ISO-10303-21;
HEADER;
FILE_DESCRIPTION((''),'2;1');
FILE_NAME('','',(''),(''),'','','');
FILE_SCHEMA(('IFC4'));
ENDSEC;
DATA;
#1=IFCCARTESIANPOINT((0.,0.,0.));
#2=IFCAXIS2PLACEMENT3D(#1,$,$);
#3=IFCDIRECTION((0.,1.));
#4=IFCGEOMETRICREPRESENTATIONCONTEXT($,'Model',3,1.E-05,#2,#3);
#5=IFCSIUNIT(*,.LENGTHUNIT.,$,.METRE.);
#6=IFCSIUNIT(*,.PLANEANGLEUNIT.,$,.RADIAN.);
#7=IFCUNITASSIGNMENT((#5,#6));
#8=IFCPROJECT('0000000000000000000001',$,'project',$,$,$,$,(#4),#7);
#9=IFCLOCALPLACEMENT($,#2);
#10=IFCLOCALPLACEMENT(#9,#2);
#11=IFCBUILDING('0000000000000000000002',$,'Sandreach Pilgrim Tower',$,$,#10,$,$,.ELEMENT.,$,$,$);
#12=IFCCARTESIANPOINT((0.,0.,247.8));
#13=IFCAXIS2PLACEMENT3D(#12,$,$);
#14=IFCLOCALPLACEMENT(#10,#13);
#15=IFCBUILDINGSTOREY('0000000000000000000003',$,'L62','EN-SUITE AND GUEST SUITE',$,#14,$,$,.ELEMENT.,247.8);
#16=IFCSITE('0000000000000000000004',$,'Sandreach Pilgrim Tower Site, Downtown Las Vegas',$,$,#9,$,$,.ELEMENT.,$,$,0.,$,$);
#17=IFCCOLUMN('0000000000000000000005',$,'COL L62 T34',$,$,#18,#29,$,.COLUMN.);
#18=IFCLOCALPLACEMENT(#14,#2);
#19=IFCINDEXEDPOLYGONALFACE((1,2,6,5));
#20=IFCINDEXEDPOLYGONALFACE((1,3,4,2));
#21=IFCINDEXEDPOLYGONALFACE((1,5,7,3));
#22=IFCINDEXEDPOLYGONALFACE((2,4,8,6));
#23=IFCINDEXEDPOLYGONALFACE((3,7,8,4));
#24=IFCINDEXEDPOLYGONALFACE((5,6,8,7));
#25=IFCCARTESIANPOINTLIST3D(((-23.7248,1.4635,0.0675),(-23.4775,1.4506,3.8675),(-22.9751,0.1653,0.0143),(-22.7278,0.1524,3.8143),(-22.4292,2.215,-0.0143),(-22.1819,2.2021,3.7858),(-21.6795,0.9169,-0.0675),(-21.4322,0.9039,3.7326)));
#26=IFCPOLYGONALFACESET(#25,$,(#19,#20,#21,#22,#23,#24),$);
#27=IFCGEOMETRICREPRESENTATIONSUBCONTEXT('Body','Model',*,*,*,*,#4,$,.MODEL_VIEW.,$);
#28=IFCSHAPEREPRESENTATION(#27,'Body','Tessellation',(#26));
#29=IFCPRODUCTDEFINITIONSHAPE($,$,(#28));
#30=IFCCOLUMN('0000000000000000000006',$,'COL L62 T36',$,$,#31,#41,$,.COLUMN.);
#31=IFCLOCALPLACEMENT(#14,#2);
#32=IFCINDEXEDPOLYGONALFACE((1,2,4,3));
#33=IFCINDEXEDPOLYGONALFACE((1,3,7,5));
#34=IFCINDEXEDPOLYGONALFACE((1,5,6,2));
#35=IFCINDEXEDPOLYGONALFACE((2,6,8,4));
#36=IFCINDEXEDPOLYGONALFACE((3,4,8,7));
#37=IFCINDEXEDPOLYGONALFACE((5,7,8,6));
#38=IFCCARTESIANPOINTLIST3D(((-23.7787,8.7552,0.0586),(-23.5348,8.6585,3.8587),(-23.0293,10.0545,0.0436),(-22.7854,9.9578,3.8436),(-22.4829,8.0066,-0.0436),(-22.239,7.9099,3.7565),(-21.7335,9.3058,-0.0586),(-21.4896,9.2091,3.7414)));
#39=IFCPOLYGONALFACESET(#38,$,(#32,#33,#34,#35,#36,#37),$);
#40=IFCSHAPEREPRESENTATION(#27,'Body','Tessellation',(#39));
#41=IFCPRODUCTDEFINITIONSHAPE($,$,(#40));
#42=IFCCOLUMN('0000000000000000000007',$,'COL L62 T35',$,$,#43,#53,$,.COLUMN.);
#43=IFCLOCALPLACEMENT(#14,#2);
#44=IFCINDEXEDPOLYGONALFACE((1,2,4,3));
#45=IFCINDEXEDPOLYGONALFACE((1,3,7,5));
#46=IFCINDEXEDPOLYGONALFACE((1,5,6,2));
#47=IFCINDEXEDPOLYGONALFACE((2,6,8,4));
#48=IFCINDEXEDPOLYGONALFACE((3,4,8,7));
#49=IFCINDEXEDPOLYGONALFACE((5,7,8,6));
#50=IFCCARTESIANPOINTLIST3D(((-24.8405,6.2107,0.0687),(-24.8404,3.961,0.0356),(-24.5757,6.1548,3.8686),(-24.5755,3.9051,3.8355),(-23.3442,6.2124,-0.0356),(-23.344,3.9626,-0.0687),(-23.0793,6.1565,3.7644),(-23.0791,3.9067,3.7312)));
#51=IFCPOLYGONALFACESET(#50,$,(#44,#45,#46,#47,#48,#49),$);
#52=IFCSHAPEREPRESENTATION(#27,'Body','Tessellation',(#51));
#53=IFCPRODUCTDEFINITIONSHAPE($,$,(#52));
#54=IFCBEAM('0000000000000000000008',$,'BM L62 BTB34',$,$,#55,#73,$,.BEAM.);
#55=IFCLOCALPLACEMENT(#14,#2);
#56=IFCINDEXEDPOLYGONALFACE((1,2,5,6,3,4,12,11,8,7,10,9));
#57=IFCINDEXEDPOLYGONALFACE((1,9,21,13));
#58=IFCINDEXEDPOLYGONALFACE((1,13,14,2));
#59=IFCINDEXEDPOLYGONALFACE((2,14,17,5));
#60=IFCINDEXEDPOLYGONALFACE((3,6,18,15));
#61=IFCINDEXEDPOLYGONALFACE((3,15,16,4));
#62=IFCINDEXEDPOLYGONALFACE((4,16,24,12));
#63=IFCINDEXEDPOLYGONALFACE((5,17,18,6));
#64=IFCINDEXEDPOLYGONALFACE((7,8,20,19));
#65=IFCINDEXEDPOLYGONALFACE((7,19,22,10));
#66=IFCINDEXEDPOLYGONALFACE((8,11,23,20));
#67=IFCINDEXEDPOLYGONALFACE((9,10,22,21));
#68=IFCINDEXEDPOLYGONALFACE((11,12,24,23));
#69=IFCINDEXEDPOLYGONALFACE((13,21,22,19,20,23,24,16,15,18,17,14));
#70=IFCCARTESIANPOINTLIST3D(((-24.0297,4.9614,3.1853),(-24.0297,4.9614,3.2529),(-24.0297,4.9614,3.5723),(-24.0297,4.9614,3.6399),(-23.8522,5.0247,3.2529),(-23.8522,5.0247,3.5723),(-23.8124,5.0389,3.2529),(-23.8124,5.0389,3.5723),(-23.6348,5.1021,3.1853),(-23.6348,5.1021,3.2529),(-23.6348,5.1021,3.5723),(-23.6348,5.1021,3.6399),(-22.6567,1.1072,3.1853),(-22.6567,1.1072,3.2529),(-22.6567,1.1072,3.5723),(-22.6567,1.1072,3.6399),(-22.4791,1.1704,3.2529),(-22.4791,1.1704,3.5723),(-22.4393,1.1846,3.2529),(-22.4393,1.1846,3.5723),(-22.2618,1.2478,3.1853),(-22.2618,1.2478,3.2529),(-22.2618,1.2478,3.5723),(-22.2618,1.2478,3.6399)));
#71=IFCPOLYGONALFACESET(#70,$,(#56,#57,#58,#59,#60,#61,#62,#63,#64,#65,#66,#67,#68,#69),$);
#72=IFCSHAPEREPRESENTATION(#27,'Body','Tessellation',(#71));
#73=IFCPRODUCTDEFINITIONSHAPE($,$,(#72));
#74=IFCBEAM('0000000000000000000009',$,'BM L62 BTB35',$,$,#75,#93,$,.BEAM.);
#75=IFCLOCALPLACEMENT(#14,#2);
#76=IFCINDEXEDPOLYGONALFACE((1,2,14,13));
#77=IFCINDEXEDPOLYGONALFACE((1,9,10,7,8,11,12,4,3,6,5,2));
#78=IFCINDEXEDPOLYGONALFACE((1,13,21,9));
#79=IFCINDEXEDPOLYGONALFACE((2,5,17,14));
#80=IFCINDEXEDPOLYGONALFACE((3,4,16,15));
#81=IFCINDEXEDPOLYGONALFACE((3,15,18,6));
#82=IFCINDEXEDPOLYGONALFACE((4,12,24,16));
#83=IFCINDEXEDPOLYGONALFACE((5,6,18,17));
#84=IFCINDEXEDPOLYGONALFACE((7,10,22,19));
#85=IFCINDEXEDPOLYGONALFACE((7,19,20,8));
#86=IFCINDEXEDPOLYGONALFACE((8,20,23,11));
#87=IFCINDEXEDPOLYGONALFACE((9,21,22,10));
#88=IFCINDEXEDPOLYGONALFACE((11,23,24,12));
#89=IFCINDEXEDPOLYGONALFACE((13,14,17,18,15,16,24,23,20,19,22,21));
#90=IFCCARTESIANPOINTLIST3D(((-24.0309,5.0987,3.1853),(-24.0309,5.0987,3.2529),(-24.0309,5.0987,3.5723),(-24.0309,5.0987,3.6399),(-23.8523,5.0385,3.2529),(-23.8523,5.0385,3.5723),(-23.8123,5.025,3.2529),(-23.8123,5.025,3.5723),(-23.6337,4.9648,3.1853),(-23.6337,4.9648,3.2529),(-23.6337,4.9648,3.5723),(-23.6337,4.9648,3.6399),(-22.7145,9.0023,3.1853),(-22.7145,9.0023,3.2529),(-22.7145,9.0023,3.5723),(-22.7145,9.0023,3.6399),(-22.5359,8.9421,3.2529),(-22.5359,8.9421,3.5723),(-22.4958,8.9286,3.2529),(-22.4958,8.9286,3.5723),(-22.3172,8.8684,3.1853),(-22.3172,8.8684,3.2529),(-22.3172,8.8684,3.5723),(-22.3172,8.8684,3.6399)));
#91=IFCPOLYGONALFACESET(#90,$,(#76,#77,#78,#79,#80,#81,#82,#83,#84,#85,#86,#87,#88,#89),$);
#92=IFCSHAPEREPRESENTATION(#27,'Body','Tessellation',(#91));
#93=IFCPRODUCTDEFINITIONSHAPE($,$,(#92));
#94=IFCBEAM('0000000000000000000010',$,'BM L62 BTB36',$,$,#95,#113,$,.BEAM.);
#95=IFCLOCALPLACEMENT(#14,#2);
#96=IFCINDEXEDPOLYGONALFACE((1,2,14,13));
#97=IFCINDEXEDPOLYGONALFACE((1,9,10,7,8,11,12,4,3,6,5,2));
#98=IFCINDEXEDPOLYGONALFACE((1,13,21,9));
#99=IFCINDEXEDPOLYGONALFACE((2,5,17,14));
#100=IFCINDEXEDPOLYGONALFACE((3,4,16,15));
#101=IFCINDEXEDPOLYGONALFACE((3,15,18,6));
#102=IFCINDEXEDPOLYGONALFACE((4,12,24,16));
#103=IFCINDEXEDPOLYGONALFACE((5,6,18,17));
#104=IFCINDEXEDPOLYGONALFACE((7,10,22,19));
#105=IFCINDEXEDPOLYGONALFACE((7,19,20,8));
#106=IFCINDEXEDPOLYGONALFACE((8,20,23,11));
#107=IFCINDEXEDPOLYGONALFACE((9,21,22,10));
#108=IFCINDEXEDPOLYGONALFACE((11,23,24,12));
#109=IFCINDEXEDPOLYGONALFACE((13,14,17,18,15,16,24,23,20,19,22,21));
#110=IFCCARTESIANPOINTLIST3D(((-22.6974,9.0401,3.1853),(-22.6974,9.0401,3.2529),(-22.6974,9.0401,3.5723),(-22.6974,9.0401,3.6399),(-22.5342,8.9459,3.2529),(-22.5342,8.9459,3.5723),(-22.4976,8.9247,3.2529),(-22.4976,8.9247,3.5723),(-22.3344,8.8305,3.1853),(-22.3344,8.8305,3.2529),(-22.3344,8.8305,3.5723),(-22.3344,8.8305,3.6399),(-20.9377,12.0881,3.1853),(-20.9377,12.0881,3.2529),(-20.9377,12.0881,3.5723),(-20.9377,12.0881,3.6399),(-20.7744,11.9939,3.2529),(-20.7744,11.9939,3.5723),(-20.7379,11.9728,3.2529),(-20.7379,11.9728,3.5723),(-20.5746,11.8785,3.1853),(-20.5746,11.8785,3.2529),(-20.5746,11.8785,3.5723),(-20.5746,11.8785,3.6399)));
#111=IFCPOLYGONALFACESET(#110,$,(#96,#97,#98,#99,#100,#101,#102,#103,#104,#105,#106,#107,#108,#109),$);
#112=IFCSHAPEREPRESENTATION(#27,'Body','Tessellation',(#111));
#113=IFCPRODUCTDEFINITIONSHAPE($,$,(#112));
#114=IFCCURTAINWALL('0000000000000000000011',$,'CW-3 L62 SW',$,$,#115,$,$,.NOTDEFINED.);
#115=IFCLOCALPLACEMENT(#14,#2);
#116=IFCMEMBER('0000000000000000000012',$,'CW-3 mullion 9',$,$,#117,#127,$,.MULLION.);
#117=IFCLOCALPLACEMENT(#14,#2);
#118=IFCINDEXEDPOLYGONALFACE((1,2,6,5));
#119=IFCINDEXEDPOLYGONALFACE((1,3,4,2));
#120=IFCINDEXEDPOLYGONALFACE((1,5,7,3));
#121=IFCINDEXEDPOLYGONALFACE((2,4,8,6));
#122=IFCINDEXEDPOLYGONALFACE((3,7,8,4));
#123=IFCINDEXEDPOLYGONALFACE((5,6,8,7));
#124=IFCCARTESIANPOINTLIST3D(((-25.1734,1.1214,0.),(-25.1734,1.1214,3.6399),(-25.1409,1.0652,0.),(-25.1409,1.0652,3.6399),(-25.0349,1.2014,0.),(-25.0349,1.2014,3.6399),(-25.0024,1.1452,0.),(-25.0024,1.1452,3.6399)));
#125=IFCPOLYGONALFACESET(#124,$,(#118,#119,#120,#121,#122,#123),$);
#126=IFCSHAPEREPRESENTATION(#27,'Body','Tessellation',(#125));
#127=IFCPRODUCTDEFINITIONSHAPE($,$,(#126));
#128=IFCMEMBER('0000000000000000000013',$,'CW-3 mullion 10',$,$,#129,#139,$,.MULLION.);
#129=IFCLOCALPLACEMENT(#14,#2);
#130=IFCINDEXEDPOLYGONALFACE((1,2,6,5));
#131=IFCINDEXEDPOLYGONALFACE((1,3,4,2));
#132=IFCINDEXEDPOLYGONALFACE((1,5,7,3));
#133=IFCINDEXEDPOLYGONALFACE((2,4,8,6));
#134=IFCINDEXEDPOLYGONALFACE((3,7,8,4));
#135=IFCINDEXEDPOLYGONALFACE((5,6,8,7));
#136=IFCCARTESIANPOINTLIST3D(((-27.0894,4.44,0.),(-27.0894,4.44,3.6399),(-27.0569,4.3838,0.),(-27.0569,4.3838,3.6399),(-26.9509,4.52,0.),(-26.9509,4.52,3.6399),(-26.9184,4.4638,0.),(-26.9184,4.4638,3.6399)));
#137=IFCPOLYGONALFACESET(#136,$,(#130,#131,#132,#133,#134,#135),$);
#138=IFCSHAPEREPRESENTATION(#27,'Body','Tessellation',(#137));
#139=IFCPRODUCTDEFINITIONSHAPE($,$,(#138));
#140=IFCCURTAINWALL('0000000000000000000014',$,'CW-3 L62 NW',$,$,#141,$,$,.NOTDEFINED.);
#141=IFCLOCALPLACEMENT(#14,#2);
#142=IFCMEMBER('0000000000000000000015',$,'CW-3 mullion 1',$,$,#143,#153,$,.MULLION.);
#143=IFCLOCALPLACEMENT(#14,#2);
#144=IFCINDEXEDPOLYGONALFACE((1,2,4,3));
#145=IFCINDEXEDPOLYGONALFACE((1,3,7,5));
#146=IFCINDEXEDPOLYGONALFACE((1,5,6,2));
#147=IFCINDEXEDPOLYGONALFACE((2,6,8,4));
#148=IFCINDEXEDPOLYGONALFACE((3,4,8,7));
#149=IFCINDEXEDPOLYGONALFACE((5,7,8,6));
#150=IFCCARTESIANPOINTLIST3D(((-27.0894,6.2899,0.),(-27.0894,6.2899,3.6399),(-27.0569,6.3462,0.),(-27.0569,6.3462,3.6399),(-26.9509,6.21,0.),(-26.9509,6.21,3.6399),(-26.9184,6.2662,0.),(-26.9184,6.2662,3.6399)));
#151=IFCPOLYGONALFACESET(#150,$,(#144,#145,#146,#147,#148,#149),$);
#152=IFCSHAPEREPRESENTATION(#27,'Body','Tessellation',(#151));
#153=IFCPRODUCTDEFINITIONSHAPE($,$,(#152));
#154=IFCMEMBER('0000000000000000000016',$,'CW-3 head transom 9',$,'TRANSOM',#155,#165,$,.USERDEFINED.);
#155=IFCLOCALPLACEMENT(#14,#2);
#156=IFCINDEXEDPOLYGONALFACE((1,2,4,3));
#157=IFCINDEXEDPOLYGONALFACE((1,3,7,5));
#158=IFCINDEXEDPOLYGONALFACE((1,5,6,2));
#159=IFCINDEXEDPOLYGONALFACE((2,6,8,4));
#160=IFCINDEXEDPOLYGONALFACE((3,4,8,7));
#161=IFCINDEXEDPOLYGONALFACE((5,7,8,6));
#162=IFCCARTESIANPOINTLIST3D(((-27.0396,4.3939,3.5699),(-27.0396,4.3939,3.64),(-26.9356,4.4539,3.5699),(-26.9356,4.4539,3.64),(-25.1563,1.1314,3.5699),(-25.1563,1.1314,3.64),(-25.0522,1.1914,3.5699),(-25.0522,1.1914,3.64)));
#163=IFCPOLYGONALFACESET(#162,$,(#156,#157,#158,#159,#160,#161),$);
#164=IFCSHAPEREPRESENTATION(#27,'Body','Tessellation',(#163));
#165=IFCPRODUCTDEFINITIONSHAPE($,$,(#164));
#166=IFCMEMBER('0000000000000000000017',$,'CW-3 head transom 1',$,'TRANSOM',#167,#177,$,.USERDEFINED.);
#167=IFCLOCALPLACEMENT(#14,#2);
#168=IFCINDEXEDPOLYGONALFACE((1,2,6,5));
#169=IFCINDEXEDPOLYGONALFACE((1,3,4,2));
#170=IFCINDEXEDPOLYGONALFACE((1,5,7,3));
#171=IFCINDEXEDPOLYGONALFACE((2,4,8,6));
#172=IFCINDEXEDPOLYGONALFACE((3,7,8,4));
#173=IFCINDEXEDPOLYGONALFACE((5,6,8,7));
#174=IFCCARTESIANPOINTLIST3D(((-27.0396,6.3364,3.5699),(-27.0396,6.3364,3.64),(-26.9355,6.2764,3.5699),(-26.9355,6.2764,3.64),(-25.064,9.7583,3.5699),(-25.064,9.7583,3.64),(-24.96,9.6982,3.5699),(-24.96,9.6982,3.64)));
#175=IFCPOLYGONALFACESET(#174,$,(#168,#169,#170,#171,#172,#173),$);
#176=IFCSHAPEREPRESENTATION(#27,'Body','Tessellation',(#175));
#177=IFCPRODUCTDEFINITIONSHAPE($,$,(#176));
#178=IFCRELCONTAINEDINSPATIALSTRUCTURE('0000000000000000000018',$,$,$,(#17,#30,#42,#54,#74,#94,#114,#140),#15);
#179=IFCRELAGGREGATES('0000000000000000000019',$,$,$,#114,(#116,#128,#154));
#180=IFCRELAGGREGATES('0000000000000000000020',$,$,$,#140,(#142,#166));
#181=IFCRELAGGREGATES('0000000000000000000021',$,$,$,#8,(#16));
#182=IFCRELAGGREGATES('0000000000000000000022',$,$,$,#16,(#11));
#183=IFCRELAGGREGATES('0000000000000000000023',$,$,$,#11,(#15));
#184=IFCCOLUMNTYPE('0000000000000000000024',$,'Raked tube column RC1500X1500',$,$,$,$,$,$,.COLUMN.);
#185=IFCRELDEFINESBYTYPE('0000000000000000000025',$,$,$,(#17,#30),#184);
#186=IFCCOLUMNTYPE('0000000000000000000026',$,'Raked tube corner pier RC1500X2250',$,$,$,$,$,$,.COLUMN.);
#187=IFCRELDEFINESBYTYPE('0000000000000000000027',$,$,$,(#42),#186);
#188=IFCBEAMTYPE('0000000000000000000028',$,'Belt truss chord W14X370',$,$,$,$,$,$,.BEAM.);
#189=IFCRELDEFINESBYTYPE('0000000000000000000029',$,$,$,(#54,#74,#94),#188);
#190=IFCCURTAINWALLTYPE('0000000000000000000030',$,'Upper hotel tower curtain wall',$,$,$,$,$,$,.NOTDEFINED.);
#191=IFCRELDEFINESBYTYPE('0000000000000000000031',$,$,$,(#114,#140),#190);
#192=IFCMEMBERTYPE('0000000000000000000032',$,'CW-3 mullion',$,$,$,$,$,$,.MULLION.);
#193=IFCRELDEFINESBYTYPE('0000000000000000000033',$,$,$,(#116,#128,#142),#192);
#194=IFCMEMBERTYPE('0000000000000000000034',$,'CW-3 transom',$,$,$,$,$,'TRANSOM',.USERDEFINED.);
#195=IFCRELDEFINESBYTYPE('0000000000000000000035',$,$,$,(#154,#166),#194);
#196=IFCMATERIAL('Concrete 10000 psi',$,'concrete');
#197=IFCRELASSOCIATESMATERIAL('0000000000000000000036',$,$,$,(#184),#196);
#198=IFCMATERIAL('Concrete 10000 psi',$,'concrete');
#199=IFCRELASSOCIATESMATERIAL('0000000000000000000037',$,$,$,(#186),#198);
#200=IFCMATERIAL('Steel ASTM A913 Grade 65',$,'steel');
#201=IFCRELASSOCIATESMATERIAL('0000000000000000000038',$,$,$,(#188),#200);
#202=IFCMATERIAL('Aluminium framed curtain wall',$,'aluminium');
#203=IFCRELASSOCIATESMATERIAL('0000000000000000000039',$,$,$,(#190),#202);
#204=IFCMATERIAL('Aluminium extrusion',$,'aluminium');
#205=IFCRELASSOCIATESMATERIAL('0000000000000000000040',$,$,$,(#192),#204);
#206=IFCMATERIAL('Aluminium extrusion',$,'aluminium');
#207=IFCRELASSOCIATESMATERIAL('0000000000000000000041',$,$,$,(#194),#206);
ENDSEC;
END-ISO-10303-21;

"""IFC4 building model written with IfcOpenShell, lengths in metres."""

from ifc_helpers import new_model, si_unit, direction, frame, origin, origin_2d, place, context, subcontext, project, spatial, rectangle, i_section, extrude, material, material_profile, profile_set, type_object, element, aggregate, save


model = new_model("IFC4")

# Units and contexts
model_context = context("Model", 3, precision=1e-05, world=origin(), true_north=direction((0.0, 1.0)))
body_context = subcontext(model_context, "Body", "Model", "MODEL_VIEW")
ifc_project = project(units=[si_unit("LENGTHUNIT", "METRE"), si_unit("PLANEANGLEUNIT", "RADIAN")], contexts=[model_context])

# Site, building, storey
site_placement = place(None, origin())
site = spatial("IfcSite", under=ifc_project, at=site_placement, Name="Sandreach Pilgrim Tower Site, Downtown Las Vegas", CompositionType="ELEMENT", RefElevation=0.0)
building_placement = place(site_placement, origin())
building = spatial("IfcBuilding", under=site, at=building_placement, Name="Sandreach Pilgrim Tower", CompositionType="ELEMENT")
storey_placement = place(building_placement, frame((0.0, 0.0, 247.8)))
storey = spatial("IfcBuildingStorey", under=building, at=storey_placement, Name="L62", Description="EN-SUITE AND GUEST SUITE", CompositionType="ELEMENT", Elevation=247.8)

# Columns
ifc_material_1 = material(Name="Concrete 10000 psi", Category="concrete")
ifc_material_profile_1 = material_profile(ifc_material_1, rectangle(XDim=1.5, YDim=1.5, at=origin_2d()), Name="RC1500X1500")
ifc_profile_set_1 = profile_set([ifc_material_profile_1], Name="Concrete 10000 psi")
column_type_1 = type_object("IfcColumnType", Name="Raked tube column RC1500X1500", PredefinedType="COLUMN", material=ifc_profile_set_1)
column_1_placement = place(storey_placement, frame((-22.7021, 1.1902, 0.0), z_axis=(0.064944, -0.003398, 0.997883), x_axis=(-0.863717, -0.50102, 0.054506)))
element("IfcColumn", 1, at=column_1_placement, inside=storey, type_object=column_type_1, Name="COL L62 T34", PredefinedType="COLUMN", context=body_context, shape_type="SweptSolid", body=[
    extrude(rectangle(XDim=1.5, YDim=1.5, at=origin_2d()), origin(), (0.0, 0.0, 1.0), 3.8081),
])
column_2_placement = place(storey_placement, frame((-22.7561, 9.0305, 0.0), z_axis=(0.06403, -0.025381, 0.997625), x_axis=(-0.863863, 0.499096, 0.068143)))
element("IfcColumn", 2, at=column_2_placement, inside=storey, type_object=column_type_1, Name="COL L62 T36", PredefinedType="COLUMN", context=body_context, shape_type="SweptSolid", body=[
    extrude(rectangle(XDim=1.5, YDim=1.5, at=origin_2d()), origin(), (0.0, 0.0, 1.0), 3.8091),
])
ifc_material_2 = material(Name="Concrete 10000 psi", Category="concrete")
ifc_material_profile_2 = material_profile(ifc_material_2, rectangle(XDim=1.5, YDim=2.25, at=origin_2d()), Name="RC1500X2250")
ifc_profile_set_2 = profile_set([ifc_material_profile_2], Name="Concrete 10000 psi")
column_type_2 = type_object("IfcColumnType", Name="Raked tube corner pier RC1500X2250", PredefinedType="COLUMN", material=ifc_profile_set_2)
column_3_placement = place(storey_placement, frame((-24.0923, 5.0867, 0.0), z_axis=(0.069531, -0.014675, 0.997472), x_axis=(-0.99758, -0.001093, 0.069523)))
element("IfcColumn", 3, at=column_3_placement, inside=storey, type_object=column_type_2, Name="COL L62 T35", PredefinedType="COLUMN", context=body_context, shape_type="SweptSolid", body=[
    extrude(rectangle(XDim=1.5, YDim=2.25, at=origin_2d()), origin(), (0.0, 0.0, 1.0), 3.8096),
])

# Beams
ifc_material_3 = material(Name="Steel ASTM A913 Grade 65", Category="steel")
ifc_material_profile_3 = material_profile(ifc_material_3, i_section(OverallWidth=0.4192, OverallDepth=0.4546, WebThickness=0.0422, FlangeThickness=0.0676, at=origin_2d()), Name="W14X370")
ifc_profile_set_3 = profile_set([ifc_material_profile_3], Name="Steel ASTM A913 Grade 65")
beam_type_1 = type_object("IfcBeamType", Name="Belt truss chord W14X370", PredefinedType="BEAM", material=ifc_profile_set_3)
beam_1_placement = place(storey_placement, frame((-22.4592, 1.1775, 3.4126), z_axis=(-0.335584, 0.94201, 0.0), x_axis=(-0.94201, -0.335584, 0.0)))
element("IfcBeam", 4, at=beam_1_placement, inside=storey, type_object=beam_type_1, Name="BM L62 BTB34", PredefinedType="BEAM", context=body_context, shape_type="SweptSolid", body=[
    extrude(i_section(OverallWidth=0.4192, OverallDepth=0.4546, WebThickness=0.0422, FlangeThickness=0.0676, at=origin_2d()), origin(), (0.0, 0.0, 1.0), 4.0916),
])
beam_2_placement = place(storey_placement, frame((-23.8323, 5.0317, 3.4126), z_axis=(0.319551, 0.947569, 0.0), x_axis=(-0.947569, 0.319551, 0.0)))
element("IfcBeam", 5, at=beam_2_placement, inside=storey, type_object=beam_type_1, Name="BM L62 BTB35", PredefinedType="BEAM", context=body_context, shape_type="SweptSolid", body=[
    extrude(i_section(OverallWidth=0.4192, OverallDepth=0.4546, WebThickness=0.0422, FlangeThickness=0.0676, at=origin_2d()), origin(), (0.0, 0.0, 1.0), 4.1196),
])
beam_3_placement = place(storey_placement, frame((-22.5159, 8.9353, 3.4126), z_axis=(0.499989, 0.866032, 0.0), x_axis=(-0.866032, 0.499989, 0.0)))
element("IfcBeam", 6, at=beam_3_placement, inside=storey, type_object=beam_type_1, Name="BM L62 BTB36", PredefinedType="BEAM", context=body_context, shape_type="SweptSolid", body=[
    extrude(i_section(OverallWidth=0.4192, OverallDepth=0.4546, WebThickness=0.0422, FlangeThickness=0.0676, at=origin_2d()), origin(), (0.0, 0.0, 1.0), 3.5195),
])

# Curtain wall, members
ifc_material_4 = material(Name="Aluminium framed curtain wall", Category="aluminium")
curtain_wall_type = type_object("IfcCurtainWallType", Name="Upper hotel tower curtain wall", PredefinedType="NOTDEFINED", material=ifc_material_4)
curtain_wall_1_placement = place(storey_placement, origin())
curtain_wall_1 = element("IfcCurtainWall", 7, at=curtain_wall_1_placement, inside=storey, type_object=curtain_wall_type, Name="CW-3 L62 SW", PredefinedType="NOTDEFINED")
ifc_material_5 = material(Name="Aluminium extrusion", Category="aluminium")
ifc_material_profile_4 = material_profile(ifc_material_5, rectangle(XDim=0.0649, YDim=0.1599, at=origin_2d()), Name="CW-3M 65X160")
ifc_profile_set_4 = profile_set([ifc_material_profile_4], Name="Aluminium extrusion")
member_type_1 = type_object("IfcMemberType", Name="CW-3 mullion", PredefinedType="MULLION", material=ifc_profile_set_4)
member_1_placement = place(storey_placement, frame((-25.0879, 1.1333, 0.0), z_axis=(0.0, 0.0, 1.0), x_axis=(-0.5, 0.866025, 0.0)))
member_1 = element("IfcMember", 8, at=member_1_placement, type_object=member_type_1, Name="CW-3 mullion 9", PredefinedType="MULLION", context=body_context, shape_type="SweptSolid", body=[
    extrude(rectangle(XDim=0.0649, YDim=0.1599, at=origin_2d()), origin(), (0.0, 0.0, 1.0), 3.6399),
])
member_2_placement = place(storey_placement, frame((-27.0039, 4.4519, 0.0), z_axis=(0.0, 0.0, 1.0), x_axis=(-0.5, 0.866025, 0.0)))
member_2 = element("IfcMember", 9, at=member_2_placement, type_object=member_type_1, Name="CW-3 mullion 10", PredefinedType="MULLION", context=body_context, shape_type="SweptSolid", body=[
    extrude(rectangle(XDim=0.0649, YDim=0.1599, at=origin_2d()), origin(), (0.0, 0.0, 1.0), 3.6399),
])

# Curtain wall, member
curtain_wall_2_placement = place(storey_placement, origin())
curtain_wall_2 = element("IfcCurtainWall", 10, at=curtain_wall_2_placement, inside=storey, type_object=curtain_wall_type, Name="CW-3 L62 NW", PredefinedType="NOTDEFINED")
member_3_placement = place(storey_placement, frame((-27.0039, 6.2781, 0.0), z_axis=(0.0, 0.0, 1.0), x_axis=(0.5, 0.866025, 0.0)))
member_3 = element("IfcMember", 11, at=member_3_placement, type_object=member_type_1, Name="CW-3 mullion 1", PredefinedType="MULLION", context=body_context, shape_type="SweptSolid", body=[
    extrude(rectangle(XDim=0.0649, YDim=0.1599, at=origin_2d()), origin(), (0.0, 0.0, 1.0), 3.6399),
])

# Members
ifc_material_6 = material(Name="Aluminium extrusion", Category="aluminium")
ifc_material_profile_5 = material_profile(ifc_material_6, rectangle(XDim=0.1201, YDim=0.0701, at=origin_2d()), Name="CW-3T 120X70")
ifc_profile_set_5 = profile_set([ifc_material_profile_5], Name="Aluminium extrusion")
member_type_2 = type_object("IfcMemberType", Name="CW-3 transom", ElementType="TRANSOM", PredefinedType="USERDEFINED", material=ifc_profile_set_5)
member_4_placement = place(storey_placement, frame((-25.1042, 1.1614, 3.605), z_axis=(-0.499945, 0.866057, 0.0), x_axis=(-0.866057, -0.499945, 0.0)))
member_4 = element("IfcMember", 12, at=member_4_placement, type_object=member_type_2, Name="CW-3 head transom 9", ObjectType="TRANSOM", PredefinedType="USERDEFINED", context=body_context, shape_type="SweptSolid", body=[
    extrude(rectangle(XDim=0.1201, YDim=0.0701, at=origin_2d()), origin(), (0.0, 0.0, 1.0), 3.7671),
])
member_5_placement = place(storey_placement, frame((-26.9875, 6.3064, 3.605), z_axis=(0.499993, 0.866029, 0.0), x_axis=(-0.866029, 0.499993, 0.0)))
member_5 = element("IfcMember", 13, at=member_5_placement, type_object=member_type_2, Name="CW-3 head transom 1", ObjectType="TRANSOM", PredefinedType="USERDEFINED", context=body_context, shape_type="SweptSolid", body=[
    extrude(rectangle(XDim=0.1201, YDim=0.0701, at=origin_2d()), origin(), (0.0, 0.0, 1.0), 3.9512),
])

aggregate(curtain_wall_1, [member_1, member_2, member_4])
aggregate(curtain_wall_2, [member_3, member_5])

save(model, "model.ifc")
